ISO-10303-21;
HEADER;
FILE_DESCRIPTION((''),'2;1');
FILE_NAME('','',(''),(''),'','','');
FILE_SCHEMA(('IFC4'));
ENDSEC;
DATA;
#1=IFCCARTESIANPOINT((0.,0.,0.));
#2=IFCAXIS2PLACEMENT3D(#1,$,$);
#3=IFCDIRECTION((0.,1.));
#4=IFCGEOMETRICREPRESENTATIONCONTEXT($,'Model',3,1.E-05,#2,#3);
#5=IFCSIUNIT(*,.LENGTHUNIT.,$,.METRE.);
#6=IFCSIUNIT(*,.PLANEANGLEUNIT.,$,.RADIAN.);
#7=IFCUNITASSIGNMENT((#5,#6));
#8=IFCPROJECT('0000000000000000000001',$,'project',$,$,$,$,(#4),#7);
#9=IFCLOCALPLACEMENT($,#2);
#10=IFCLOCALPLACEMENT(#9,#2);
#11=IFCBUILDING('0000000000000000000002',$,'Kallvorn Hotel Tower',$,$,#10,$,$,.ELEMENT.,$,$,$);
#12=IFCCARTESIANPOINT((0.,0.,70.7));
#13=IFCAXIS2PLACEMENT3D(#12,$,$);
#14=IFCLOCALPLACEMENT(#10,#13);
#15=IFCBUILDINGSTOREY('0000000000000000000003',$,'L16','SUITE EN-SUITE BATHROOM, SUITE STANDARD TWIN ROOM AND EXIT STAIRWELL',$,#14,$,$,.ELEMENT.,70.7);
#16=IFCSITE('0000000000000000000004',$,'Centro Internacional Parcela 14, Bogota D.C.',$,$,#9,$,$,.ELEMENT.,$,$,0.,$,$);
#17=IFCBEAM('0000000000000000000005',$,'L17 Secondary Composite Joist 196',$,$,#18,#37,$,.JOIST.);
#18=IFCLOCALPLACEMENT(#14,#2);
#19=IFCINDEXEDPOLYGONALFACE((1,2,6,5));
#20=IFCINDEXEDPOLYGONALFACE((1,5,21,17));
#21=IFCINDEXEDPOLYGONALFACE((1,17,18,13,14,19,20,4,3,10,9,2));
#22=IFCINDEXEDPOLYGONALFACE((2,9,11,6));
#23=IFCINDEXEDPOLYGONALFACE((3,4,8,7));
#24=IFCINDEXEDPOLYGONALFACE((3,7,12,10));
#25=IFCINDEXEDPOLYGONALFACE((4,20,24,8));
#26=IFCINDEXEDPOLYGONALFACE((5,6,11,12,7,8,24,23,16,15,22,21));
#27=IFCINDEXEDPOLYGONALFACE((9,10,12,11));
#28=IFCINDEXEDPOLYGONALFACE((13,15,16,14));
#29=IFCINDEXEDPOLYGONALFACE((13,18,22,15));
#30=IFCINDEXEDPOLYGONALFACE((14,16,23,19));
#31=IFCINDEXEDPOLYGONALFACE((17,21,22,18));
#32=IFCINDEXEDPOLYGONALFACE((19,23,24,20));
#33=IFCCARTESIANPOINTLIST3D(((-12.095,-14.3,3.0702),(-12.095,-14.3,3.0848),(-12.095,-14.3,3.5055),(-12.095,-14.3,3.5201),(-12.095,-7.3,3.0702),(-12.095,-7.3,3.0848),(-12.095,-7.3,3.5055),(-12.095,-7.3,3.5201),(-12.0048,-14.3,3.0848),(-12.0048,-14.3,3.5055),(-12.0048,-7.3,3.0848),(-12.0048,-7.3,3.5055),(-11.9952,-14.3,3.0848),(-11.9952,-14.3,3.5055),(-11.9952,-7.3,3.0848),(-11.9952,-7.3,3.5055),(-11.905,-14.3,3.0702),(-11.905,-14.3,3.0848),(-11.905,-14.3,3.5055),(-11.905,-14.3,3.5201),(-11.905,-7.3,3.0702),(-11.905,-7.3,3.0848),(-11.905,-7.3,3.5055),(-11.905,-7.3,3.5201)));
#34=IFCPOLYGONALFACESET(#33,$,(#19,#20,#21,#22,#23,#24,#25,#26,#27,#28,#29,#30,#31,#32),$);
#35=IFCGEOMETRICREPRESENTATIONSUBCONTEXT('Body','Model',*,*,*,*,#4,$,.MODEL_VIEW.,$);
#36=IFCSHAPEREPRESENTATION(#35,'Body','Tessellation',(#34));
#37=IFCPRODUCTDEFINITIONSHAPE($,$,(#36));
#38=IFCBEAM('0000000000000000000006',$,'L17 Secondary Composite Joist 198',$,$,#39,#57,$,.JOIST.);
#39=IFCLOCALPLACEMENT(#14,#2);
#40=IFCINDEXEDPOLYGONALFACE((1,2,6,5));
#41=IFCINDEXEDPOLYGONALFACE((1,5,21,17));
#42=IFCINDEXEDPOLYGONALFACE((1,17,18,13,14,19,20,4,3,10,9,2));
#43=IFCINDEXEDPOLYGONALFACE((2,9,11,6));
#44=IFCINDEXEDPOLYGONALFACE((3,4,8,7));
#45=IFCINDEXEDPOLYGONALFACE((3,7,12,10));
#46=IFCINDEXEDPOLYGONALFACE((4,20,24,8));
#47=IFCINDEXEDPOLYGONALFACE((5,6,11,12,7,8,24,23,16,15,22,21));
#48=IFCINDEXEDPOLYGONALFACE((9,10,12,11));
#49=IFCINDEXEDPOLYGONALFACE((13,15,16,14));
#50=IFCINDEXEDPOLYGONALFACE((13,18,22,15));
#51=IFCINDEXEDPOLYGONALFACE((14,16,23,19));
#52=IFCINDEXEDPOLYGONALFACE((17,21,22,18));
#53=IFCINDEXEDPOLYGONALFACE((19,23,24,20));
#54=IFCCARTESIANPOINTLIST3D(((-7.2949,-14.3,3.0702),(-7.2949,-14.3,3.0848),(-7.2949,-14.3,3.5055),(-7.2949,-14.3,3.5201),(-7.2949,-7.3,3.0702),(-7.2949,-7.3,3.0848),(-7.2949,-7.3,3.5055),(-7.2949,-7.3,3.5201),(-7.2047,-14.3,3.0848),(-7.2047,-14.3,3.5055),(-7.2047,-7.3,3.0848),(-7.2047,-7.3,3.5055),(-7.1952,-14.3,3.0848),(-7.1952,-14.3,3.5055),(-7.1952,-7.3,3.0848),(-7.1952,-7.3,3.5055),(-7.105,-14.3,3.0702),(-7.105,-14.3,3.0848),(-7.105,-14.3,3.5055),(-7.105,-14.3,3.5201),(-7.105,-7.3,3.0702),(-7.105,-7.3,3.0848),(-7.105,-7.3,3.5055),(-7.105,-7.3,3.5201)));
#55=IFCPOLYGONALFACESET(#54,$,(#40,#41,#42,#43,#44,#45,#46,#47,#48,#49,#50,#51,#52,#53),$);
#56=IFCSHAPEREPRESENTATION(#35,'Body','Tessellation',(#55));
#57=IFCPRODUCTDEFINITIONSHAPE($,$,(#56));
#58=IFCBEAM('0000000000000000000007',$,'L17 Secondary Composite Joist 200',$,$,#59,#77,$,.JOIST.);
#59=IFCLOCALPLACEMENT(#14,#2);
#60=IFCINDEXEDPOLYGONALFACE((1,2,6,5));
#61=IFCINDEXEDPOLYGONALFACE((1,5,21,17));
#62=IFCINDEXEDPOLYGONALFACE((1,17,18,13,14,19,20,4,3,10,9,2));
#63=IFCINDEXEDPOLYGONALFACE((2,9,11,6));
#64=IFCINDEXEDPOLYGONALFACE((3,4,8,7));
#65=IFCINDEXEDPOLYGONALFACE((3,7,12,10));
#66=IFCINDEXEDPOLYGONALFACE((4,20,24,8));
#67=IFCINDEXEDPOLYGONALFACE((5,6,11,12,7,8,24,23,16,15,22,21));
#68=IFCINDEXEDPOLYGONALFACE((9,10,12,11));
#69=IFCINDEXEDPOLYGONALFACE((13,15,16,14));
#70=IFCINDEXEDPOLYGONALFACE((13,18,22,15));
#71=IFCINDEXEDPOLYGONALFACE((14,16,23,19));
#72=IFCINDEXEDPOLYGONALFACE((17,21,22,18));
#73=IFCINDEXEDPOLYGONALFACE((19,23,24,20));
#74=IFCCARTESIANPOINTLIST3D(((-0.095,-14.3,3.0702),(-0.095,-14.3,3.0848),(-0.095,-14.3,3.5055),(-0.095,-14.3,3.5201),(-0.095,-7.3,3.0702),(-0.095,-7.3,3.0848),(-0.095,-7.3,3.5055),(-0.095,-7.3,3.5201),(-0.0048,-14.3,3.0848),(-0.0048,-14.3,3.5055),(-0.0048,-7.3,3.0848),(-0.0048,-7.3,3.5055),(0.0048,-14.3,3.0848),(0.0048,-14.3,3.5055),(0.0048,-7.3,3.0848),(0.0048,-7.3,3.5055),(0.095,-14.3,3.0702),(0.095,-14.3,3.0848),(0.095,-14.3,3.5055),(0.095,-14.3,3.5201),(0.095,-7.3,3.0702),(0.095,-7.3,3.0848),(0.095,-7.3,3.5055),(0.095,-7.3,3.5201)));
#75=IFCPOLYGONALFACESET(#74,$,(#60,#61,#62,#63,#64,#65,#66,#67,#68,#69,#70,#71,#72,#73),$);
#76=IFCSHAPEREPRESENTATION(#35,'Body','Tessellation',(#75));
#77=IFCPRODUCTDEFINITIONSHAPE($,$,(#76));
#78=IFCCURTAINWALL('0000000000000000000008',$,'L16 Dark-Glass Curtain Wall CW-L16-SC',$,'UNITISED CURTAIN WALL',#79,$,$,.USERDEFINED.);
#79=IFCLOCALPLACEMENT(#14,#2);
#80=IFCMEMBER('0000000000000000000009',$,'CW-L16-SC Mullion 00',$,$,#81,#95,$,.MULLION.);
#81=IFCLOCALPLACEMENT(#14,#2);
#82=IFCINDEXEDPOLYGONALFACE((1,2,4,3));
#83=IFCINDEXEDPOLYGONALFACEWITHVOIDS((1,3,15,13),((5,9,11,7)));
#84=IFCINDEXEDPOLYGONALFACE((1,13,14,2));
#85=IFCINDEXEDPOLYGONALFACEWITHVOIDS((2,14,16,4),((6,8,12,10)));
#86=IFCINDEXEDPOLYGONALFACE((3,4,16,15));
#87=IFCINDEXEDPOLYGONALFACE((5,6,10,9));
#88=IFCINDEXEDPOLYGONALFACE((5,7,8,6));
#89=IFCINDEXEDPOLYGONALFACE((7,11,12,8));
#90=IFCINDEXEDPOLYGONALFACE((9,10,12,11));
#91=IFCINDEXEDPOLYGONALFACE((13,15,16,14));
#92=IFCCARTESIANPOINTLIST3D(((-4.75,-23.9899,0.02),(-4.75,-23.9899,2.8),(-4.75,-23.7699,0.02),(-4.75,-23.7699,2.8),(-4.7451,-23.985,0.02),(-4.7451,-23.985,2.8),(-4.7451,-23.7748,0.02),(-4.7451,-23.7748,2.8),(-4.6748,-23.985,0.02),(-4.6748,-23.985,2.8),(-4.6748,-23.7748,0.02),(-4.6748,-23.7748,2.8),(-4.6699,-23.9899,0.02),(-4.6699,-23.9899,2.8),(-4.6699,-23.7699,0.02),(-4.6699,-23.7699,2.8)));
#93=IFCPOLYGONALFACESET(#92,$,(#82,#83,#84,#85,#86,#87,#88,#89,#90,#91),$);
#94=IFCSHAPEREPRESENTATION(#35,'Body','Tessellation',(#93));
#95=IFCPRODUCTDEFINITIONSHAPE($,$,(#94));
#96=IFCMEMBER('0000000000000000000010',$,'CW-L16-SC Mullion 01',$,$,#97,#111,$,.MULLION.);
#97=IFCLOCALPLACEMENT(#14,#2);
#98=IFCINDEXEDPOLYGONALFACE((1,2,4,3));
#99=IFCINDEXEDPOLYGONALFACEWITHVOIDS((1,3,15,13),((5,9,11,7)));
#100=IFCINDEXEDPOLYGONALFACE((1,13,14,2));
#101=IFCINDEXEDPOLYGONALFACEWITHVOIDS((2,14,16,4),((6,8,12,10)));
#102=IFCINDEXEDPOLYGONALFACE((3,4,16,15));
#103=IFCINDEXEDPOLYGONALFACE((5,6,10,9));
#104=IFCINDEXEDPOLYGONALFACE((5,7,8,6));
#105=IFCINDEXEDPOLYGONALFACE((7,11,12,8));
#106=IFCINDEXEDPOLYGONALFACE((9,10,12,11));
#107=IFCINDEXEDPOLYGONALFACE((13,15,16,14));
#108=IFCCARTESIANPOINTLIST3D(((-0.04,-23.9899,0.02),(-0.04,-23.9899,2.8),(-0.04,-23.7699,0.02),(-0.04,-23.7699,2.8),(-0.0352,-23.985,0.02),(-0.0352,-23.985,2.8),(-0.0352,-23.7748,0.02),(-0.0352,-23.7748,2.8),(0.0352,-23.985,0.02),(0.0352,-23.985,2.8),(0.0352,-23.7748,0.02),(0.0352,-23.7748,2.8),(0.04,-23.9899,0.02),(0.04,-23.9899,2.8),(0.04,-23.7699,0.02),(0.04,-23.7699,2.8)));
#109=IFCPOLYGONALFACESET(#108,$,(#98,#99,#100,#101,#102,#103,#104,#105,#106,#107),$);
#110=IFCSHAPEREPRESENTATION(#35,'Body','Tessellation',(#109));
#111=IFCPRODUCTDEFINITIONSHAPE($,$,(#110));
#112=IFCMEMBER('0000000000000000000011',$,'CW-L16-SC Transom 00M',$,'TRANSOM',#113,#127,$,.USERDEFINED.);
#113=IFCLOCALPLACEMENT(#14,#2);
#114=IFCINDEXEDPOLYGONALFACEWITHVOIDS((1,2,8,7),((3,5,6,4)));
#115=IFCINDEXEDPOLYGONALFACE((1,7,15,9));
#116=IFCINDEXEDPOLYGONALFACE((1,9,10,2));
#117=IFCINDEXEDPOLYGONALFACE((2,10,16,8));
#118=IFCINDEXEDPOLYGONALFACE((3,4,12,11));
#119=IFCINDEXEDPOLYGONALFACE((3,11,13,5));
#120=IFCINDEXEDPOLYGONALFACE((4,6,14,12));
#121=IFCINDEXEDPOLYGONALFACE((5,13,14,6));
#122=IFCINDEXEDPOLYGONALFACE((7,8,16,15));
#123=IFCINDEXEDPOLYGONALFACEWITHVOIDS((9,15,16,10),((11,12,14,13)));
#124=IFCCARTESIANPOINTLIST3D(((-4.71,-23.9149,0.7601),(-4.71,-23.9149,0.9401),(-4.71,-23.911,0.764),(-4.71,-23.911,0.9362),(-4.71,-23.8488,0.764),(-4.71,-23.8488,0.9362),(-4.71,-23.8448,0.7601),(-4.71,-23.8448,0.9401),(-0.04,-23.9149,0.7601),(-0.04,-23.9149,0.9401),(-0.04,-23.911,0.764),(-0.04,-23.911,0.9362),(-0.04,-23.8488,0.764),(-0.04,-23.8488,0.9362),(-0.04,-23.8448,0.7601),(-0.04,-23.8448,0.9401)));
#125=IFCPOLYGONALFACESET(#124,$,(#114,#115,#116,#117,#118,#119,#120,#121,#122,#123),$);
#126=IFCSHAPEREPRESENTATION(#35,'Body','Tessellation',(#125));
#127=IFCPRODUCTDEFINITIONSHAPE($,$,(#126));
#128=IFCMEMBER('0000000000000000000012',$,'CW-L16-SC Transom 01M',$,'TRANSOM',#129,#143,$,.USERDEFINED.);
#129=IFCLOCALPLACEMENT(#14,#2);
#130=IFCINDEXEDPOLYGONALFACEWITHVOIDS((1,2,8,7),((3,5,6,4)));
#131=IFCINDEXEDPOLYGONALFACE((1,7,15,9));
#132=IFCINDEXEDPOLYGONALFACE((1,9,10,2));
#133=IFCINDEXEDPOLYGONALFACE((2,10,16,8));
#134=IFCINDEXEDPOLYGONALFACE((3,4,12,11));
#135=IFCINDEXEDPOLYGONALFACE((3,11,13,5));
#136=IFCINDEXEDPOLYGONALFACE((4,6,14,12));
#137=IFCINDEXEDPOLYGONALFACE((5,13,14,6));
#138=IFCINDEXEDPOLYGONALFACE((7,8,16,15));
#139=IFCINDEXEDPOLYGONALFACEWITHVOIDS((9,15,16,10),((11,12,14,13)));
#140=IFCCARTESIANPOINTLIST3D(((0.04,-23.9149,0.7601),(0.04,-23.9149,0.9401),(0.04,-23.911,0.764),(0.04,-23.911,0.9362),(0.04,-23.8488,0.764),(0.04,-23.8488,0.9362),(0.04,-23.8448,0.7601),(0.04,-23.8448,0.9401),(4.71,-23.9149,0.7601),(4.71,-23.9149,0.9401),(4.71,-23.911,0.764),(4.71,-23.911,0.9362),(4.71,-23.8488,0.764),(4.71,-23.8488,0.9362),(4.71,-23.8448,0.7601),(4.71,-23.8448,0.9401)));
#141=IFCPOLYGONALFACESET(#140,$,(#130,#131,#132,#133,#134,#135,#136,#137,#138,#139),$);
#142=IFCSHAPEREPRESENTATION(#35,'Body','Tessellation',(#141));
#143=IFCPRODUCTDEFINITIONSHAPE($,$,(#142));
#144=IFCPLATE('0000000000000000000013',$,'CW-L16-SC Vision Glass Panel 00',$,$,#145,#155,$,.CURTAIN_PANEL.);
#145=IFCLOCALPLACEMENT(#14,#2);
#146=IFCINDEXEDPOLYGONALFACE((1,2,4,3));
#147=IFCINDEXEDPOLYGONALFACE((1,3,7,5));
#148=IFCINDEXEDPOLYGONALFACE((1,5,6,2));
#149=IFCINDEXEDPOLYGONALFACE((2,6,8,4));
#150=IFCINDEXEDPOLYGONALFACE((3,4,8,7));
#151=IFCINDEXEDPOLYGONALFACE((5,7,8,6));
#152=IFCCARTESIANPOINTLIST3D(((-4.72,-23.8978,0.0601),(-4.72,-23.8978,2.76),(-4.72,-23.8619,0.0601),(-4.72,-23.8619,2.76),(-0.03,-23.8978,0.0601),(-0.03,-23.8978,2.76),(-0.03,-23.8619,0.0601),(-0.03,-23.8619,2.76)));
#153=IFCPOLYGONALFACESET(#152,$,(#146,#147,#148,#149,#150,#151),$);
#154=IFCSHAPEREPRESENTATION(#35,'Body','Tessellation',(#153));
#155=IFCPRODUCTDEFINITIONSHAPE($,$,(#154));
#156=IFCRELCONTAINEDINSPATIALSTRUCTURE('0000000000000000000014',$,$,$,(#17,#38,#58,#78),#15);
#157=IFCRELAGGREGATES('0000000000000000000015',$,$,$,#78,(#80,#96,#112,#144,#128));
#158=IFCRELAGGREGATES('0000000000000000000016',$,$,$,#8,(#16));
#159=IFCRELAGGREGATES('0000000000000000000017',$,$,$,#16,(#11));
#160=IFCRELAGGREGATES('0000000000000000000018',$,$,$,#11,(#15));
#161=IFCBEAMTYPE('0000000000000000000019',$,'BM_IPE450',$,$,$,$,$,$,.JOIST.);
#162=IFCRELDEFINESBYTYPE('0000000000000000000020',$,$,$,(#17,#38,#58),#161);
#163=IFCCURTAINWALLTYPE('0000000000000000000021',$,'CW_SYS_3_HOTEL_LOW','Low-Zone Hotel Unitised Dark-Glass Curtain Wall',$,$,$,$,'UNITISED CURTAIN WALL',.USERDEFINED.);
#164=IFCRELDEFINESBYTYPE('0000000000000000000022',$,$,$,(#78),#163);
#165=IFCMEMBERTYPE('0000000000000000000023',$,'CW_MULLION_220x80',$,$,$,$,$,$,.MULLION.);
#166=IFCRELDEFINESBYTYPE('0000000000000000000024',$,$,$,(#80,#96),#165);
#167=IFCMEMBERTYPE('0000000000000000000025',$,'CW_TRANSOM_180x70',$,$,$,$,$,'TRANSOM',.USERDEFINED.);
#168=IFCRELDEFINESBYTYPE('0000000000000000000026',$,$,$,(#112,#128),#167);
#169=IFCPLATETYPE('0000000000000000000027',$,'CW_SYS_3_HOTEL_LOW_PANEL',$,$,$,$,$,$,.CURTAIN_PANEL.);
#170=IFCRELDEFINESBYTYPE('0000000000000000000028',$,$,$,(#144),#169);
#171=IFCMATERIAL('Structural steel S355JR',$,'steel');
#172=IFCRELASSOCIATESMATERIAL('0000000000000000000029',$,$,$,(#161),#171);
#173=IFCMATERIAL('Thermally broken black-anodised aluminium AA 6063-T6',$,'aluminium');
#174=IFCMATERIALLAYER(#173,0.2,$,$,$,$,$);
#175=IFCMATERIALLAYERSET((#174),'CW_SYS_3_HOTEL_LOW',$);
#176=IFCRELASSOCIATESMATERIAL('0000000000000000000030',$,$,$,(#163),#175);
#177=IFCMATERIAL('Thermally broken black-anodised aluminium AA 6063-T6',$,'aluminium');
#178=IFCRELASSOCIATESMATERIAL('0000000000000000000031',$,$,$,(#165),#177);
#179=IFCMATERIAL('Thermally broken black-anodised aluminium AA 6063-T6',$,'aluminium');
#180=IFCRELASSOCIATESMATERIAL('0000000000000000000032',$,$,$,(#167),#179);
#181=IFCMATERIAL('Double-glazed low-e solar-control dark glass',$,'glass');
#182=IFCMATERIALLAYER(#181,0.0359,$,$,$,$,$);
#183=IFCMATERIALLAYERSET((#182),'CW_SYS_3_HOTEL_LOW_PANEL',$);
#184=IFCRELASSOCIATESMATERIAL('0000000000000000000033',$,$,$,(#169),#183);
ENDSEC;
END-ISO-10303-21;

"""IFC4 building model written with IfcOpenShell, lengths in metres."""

from ifc_helpers import new_model, si_unit, direction, frame, origin, origin_2d, place, context, subcontext, project, spatial, rectangle, hollow_rectangle, i_section, extrude, material, layer, layer_set, material_profile, profile_set, type_object, element, aggregate, save


model = new_model("IFC4")

# Units and contexts
model_context = context("Model", 3, precision=1e-05, world=origin(), true_north=direction((0.0, 1.0)))
body_context = subcontext(model_context, "Body", "Model", "MODEL_VIEW")
ifc_project = project(units=[si_unit("LENGTHUNIT", "METRE"), si_unit("PLANEANGLEUNIT", "RADIAN")], contexts=[model_context])

# Site, building, storey
site_placement = place(None, origin())
site = spatial("IfcSite", under=ifc_project, at=site_placement, Name="Centro Internacional Parcela 14, Bogota D.C.", CompositionType="ELEMENT", RefElevation=0.0)
building_placement = place(site_placement, origin())
building = spatial("IfcBuilding", under=site, at=building_placement, Name="Kallvorn Hotel Tower", CompositionType="ELEMENT")
storey_placement = place(building_placement, frame((0.0, 0.0, 70.7)))
storey = spatial("IfcBuildingStorey", under=building, at=storey_placement, Name="L16", Description="SUITE EN-SUITE BATHROOM, SUITE STANDARD TWIN ROOM AND EXIT STAIRWELL", CompositionType="ELEMENT", Elevation=70.7)

# Beams
ifc_material_1 = material(Name="Structural steel S355JR", Category="steel")
ifc_material_profile_1 = material_profile(ifc_material_1, i_section(OverallWidth=0.1899, OverallDepth=0.45, WebThickness=0.0095, FlangeThickness=0.0146, at=origin_2d()), Name="IPE 450")
ifc_profile_set_1 = profile_set([ifc_material_profile_1], Name="Structural steel S355JR")
beam_type_1 = type_object("IfcBeamType", Name="BM_IPE450", PredefinedType="JOIST", material=ifc_profile_set_1)
for number, where, z_axis, x_axis, name in (
    (1, (-12.0, -14.3, 3.2952), (0.0, 1.0, 0.0), (-1.0, 0.0, 0.0), "L17 Secondary Composite Joist 196"),
    (2, (-7.2, -14.3, 3.2952), (0.0, 1.0, 0.0), (-1.0, 0.0, 0.0), "L17 Secondary Composite Joist 198"),
    (3, (0.0, -14.3, 3.2952), (0.0, 1.0, 0.0), (-1.0, 0.0, 0.0), "L17 Secondary Composite Joist 200"),
):
    element("IfcBeam", number, at=place(storey_placement, frame(where, z_axis=z_axis, x_axis=x_axis)), inside=storey, type_object=beam_type_1, Name=name, PredefinedType="JOIST", context=body_context, shape_type="SweptSolid", body=[
        extrude(i_section(OverallWidth=0.1899, OverallDepth=0.45, WebThickness=0.0095, FlangeThickness=0.0146, at=origin_2d()), origin(), (0.0, 0.0, 1.0), 7.0),
    ])

# Curtain wall, members, plate
ifc_material_2 = material(Name="Thermally broken black-anodised aluminium AA 6063-T6", Category="aluminium")
ifc_layer_1 = layer(ifc_material_2, 0.2)
ifc_layer_set_1 = layer_set([ifc_layer_1], Name="CW_SYS_3_HOTEL_LOW")
curtain_wall_type = type_object("IfcCurtainWallType", Name="CW_SYS_3_HOTEL_LOW", Description="Low-Zone Hotel Unitised Dark-Glass Curtain Wall", ElementType="UNITISED CURTAIN WALL", PredefinedType="USERDEFINED", material=ifc_layer_set_1)
curtain_wall_placement = place(storey_placement, origin())
curtain_wall = element("IfcCurtainWall", 4, at=curtain_wall_placement, inside=storey, type_object=curtain_wall_type, Name="L16 Dark-Glass Curtain Wall CW-L16-SC", ObjectType="UNITISED CURTAIN WALL", PredefinedType="USERDEFINED")
ifc_material_3 = material(Name="Thermally broken black-anodised aluminium AA 6063-T6", Category="aluminium")
ifc_material_profile_2 = material_profile(ifc_material_3, hollow_rectangle(XDim=0.0801, YDim=0.22, WallThickness=0.0049, at=origin_2d()), Name="MUL 220x80")
ifc_profile_set_2 = profile_set([ifc_material_profile_2], Name="Thermally broken black-anodised aluminium AA 6063-T6")
member_type_1 = type_object("IfcMemberType", Name="CW_MULLION_220x80", PredefinedType="MULLION", material=ifc_profile_set_2)
member_1_placement = place(storey_placement, frame((-4.71, -23.8799, 0.02), z_axis=(0.0, 0.0, 1.0), x_axis=(1.0, 0.0, 0.0)))
member_1 = element("IfcMember", 5, at=member_1_placement, type_object=member_type_1, Name="CW-L16-SC Mullion 00", PredefinedType="MULLION", context=body_context, shape_type="SweptSolid", body=[
    extrude(hollow_rectangle(XDim=0.0801, YDim=0.22, WallThickness=0.0049, at=origin_2d()), origin(), (0.0, 0.0, 1.0), 2.78),
])
member_2_placement = place(storey_placement, frame((0.0, -23.8799, 0.02), z_axis=(0.0, 0.0, 1.0), x_axis=(1.0, 0.0, 0.0)))
member_2 = element("IfcMember", 6, at=member_2_placement, type_object=member_type_1, Name="CW-L16-SC Mullion 01", PredefinedType="MULLION", context=body_context, shape_type="SweptSolid", body=[
    extrude(hollow_rectangle(XDim=0.0801, YDim=0.22, WallThickness=0.0049, at=origin_2d()), origin(), (0.0, 0.0, 1.0), 2.78),
])
ifc_material_4 = material(Name="Thermally broken black-anodised aluminium AA 6063-T6", Category="aluminium")
ifc_material_profile_3 = material_profile(ifc_material_4, hollow_rectangle(XDim=0.0701, YDim=0.1799, WallThickness=0.0039, at=origin_2d()), Name="TRN 180x70")
ifc_profile_set_3 = profile_set([ifc_material_profile_3], Name="Thermally broken black-anodised aluminium AA 6063-T6")
member_type_2 = type_object("IfcMemberType", Name="CW_TRANSOM_180x70", ElementType="TRANSOM", PredefinedType="USERDEFINED", material=ifc_profile_set_3)
member_3_placement = place(storey_placement, frame((-4.71, -23.8799, 0.8501), z_axis=(1.0, 0.0, 0.0), x_axis=(0.0, 1.0, 0.0)))
member_3 = element("IfcMember", 7, at=member_3_placement, type_object=member_type_2, Name="CW-L16-SC Transom 00M", ObjectType="TRANSOM", PredefinedType="USERDEFINED", context=body_context, shape_type="SweptSolid", body=[
    extrude(hollow_rectangle(XDim=0.0701, YDim=0.1799, WallThickness=0.0039, at=origin_2d()), origin(), (0.0, 0.0, 1.0), 4.6699),
])
member_4_placement = place(storey_placement, frame((0.04, -23.8799, 0.8501), z_axis=(1.0, 0.0, 0.0), x_axis=(0.0, 1.0, 0.0)))
member_4 = element("IfcMember", 8, at=member_4_placement, type_object=member_type_2, Name="CW-L16-SC Transom 01M", ObjectType="TRANSOM", PredefinedType="USERDEFINED", context=body_context, shape_type="SweptSolid", body=[
    extrude(hollow_rectangle(XDim=0.0701, YDim=0.1799, WallThickness=0.0039, at=origin_2d()), origin(), (0.0, 0.0, 1.0), 4.6699),
])
ifc_material_5 = material(Name="Double-glazed low-e solar-control dark glass", Category="glass")
ifc_layer_2 = layer(ifc_material_5, 0.0359)
ifc_layer_set_2 = layer_set([ifc_layer_2], Name="CW_SYS_3_HOTEL_LOW_PANEL")
plate_type = type_object("IfcPlateType", Name="CW_SYS_3_HOTEL_LOW_PANEL", PredefinedType="CURTAIN_PANEL", material=ifc_layer_set_2)
plate_placement = place(storey_placement, frame((-2.375, -23.8799, 0.0601), z_axis=(0.0, 0.0, 1.0), x_axis=(1.0, 0.0, 0.0)))
plate = element("IfcPlate", 9, at=plate_placement, type_object=plate_type, Name="CW-L16-SC Vision Glass Panel 00", PredefinedType="CURTAIN_PANEL", context=body_context, shape_type="SweptSolid", body=[
    extrude(rectangle(XDim=4.6899, YDim=0.0359, at=origin_2d()), origin(), (0.0, 0.0, 1.0), 2.7),
])
aggregate(curtain_wall, [member_1, member_2, member_3, plate, member_4])

save(model, "model.ifc")
